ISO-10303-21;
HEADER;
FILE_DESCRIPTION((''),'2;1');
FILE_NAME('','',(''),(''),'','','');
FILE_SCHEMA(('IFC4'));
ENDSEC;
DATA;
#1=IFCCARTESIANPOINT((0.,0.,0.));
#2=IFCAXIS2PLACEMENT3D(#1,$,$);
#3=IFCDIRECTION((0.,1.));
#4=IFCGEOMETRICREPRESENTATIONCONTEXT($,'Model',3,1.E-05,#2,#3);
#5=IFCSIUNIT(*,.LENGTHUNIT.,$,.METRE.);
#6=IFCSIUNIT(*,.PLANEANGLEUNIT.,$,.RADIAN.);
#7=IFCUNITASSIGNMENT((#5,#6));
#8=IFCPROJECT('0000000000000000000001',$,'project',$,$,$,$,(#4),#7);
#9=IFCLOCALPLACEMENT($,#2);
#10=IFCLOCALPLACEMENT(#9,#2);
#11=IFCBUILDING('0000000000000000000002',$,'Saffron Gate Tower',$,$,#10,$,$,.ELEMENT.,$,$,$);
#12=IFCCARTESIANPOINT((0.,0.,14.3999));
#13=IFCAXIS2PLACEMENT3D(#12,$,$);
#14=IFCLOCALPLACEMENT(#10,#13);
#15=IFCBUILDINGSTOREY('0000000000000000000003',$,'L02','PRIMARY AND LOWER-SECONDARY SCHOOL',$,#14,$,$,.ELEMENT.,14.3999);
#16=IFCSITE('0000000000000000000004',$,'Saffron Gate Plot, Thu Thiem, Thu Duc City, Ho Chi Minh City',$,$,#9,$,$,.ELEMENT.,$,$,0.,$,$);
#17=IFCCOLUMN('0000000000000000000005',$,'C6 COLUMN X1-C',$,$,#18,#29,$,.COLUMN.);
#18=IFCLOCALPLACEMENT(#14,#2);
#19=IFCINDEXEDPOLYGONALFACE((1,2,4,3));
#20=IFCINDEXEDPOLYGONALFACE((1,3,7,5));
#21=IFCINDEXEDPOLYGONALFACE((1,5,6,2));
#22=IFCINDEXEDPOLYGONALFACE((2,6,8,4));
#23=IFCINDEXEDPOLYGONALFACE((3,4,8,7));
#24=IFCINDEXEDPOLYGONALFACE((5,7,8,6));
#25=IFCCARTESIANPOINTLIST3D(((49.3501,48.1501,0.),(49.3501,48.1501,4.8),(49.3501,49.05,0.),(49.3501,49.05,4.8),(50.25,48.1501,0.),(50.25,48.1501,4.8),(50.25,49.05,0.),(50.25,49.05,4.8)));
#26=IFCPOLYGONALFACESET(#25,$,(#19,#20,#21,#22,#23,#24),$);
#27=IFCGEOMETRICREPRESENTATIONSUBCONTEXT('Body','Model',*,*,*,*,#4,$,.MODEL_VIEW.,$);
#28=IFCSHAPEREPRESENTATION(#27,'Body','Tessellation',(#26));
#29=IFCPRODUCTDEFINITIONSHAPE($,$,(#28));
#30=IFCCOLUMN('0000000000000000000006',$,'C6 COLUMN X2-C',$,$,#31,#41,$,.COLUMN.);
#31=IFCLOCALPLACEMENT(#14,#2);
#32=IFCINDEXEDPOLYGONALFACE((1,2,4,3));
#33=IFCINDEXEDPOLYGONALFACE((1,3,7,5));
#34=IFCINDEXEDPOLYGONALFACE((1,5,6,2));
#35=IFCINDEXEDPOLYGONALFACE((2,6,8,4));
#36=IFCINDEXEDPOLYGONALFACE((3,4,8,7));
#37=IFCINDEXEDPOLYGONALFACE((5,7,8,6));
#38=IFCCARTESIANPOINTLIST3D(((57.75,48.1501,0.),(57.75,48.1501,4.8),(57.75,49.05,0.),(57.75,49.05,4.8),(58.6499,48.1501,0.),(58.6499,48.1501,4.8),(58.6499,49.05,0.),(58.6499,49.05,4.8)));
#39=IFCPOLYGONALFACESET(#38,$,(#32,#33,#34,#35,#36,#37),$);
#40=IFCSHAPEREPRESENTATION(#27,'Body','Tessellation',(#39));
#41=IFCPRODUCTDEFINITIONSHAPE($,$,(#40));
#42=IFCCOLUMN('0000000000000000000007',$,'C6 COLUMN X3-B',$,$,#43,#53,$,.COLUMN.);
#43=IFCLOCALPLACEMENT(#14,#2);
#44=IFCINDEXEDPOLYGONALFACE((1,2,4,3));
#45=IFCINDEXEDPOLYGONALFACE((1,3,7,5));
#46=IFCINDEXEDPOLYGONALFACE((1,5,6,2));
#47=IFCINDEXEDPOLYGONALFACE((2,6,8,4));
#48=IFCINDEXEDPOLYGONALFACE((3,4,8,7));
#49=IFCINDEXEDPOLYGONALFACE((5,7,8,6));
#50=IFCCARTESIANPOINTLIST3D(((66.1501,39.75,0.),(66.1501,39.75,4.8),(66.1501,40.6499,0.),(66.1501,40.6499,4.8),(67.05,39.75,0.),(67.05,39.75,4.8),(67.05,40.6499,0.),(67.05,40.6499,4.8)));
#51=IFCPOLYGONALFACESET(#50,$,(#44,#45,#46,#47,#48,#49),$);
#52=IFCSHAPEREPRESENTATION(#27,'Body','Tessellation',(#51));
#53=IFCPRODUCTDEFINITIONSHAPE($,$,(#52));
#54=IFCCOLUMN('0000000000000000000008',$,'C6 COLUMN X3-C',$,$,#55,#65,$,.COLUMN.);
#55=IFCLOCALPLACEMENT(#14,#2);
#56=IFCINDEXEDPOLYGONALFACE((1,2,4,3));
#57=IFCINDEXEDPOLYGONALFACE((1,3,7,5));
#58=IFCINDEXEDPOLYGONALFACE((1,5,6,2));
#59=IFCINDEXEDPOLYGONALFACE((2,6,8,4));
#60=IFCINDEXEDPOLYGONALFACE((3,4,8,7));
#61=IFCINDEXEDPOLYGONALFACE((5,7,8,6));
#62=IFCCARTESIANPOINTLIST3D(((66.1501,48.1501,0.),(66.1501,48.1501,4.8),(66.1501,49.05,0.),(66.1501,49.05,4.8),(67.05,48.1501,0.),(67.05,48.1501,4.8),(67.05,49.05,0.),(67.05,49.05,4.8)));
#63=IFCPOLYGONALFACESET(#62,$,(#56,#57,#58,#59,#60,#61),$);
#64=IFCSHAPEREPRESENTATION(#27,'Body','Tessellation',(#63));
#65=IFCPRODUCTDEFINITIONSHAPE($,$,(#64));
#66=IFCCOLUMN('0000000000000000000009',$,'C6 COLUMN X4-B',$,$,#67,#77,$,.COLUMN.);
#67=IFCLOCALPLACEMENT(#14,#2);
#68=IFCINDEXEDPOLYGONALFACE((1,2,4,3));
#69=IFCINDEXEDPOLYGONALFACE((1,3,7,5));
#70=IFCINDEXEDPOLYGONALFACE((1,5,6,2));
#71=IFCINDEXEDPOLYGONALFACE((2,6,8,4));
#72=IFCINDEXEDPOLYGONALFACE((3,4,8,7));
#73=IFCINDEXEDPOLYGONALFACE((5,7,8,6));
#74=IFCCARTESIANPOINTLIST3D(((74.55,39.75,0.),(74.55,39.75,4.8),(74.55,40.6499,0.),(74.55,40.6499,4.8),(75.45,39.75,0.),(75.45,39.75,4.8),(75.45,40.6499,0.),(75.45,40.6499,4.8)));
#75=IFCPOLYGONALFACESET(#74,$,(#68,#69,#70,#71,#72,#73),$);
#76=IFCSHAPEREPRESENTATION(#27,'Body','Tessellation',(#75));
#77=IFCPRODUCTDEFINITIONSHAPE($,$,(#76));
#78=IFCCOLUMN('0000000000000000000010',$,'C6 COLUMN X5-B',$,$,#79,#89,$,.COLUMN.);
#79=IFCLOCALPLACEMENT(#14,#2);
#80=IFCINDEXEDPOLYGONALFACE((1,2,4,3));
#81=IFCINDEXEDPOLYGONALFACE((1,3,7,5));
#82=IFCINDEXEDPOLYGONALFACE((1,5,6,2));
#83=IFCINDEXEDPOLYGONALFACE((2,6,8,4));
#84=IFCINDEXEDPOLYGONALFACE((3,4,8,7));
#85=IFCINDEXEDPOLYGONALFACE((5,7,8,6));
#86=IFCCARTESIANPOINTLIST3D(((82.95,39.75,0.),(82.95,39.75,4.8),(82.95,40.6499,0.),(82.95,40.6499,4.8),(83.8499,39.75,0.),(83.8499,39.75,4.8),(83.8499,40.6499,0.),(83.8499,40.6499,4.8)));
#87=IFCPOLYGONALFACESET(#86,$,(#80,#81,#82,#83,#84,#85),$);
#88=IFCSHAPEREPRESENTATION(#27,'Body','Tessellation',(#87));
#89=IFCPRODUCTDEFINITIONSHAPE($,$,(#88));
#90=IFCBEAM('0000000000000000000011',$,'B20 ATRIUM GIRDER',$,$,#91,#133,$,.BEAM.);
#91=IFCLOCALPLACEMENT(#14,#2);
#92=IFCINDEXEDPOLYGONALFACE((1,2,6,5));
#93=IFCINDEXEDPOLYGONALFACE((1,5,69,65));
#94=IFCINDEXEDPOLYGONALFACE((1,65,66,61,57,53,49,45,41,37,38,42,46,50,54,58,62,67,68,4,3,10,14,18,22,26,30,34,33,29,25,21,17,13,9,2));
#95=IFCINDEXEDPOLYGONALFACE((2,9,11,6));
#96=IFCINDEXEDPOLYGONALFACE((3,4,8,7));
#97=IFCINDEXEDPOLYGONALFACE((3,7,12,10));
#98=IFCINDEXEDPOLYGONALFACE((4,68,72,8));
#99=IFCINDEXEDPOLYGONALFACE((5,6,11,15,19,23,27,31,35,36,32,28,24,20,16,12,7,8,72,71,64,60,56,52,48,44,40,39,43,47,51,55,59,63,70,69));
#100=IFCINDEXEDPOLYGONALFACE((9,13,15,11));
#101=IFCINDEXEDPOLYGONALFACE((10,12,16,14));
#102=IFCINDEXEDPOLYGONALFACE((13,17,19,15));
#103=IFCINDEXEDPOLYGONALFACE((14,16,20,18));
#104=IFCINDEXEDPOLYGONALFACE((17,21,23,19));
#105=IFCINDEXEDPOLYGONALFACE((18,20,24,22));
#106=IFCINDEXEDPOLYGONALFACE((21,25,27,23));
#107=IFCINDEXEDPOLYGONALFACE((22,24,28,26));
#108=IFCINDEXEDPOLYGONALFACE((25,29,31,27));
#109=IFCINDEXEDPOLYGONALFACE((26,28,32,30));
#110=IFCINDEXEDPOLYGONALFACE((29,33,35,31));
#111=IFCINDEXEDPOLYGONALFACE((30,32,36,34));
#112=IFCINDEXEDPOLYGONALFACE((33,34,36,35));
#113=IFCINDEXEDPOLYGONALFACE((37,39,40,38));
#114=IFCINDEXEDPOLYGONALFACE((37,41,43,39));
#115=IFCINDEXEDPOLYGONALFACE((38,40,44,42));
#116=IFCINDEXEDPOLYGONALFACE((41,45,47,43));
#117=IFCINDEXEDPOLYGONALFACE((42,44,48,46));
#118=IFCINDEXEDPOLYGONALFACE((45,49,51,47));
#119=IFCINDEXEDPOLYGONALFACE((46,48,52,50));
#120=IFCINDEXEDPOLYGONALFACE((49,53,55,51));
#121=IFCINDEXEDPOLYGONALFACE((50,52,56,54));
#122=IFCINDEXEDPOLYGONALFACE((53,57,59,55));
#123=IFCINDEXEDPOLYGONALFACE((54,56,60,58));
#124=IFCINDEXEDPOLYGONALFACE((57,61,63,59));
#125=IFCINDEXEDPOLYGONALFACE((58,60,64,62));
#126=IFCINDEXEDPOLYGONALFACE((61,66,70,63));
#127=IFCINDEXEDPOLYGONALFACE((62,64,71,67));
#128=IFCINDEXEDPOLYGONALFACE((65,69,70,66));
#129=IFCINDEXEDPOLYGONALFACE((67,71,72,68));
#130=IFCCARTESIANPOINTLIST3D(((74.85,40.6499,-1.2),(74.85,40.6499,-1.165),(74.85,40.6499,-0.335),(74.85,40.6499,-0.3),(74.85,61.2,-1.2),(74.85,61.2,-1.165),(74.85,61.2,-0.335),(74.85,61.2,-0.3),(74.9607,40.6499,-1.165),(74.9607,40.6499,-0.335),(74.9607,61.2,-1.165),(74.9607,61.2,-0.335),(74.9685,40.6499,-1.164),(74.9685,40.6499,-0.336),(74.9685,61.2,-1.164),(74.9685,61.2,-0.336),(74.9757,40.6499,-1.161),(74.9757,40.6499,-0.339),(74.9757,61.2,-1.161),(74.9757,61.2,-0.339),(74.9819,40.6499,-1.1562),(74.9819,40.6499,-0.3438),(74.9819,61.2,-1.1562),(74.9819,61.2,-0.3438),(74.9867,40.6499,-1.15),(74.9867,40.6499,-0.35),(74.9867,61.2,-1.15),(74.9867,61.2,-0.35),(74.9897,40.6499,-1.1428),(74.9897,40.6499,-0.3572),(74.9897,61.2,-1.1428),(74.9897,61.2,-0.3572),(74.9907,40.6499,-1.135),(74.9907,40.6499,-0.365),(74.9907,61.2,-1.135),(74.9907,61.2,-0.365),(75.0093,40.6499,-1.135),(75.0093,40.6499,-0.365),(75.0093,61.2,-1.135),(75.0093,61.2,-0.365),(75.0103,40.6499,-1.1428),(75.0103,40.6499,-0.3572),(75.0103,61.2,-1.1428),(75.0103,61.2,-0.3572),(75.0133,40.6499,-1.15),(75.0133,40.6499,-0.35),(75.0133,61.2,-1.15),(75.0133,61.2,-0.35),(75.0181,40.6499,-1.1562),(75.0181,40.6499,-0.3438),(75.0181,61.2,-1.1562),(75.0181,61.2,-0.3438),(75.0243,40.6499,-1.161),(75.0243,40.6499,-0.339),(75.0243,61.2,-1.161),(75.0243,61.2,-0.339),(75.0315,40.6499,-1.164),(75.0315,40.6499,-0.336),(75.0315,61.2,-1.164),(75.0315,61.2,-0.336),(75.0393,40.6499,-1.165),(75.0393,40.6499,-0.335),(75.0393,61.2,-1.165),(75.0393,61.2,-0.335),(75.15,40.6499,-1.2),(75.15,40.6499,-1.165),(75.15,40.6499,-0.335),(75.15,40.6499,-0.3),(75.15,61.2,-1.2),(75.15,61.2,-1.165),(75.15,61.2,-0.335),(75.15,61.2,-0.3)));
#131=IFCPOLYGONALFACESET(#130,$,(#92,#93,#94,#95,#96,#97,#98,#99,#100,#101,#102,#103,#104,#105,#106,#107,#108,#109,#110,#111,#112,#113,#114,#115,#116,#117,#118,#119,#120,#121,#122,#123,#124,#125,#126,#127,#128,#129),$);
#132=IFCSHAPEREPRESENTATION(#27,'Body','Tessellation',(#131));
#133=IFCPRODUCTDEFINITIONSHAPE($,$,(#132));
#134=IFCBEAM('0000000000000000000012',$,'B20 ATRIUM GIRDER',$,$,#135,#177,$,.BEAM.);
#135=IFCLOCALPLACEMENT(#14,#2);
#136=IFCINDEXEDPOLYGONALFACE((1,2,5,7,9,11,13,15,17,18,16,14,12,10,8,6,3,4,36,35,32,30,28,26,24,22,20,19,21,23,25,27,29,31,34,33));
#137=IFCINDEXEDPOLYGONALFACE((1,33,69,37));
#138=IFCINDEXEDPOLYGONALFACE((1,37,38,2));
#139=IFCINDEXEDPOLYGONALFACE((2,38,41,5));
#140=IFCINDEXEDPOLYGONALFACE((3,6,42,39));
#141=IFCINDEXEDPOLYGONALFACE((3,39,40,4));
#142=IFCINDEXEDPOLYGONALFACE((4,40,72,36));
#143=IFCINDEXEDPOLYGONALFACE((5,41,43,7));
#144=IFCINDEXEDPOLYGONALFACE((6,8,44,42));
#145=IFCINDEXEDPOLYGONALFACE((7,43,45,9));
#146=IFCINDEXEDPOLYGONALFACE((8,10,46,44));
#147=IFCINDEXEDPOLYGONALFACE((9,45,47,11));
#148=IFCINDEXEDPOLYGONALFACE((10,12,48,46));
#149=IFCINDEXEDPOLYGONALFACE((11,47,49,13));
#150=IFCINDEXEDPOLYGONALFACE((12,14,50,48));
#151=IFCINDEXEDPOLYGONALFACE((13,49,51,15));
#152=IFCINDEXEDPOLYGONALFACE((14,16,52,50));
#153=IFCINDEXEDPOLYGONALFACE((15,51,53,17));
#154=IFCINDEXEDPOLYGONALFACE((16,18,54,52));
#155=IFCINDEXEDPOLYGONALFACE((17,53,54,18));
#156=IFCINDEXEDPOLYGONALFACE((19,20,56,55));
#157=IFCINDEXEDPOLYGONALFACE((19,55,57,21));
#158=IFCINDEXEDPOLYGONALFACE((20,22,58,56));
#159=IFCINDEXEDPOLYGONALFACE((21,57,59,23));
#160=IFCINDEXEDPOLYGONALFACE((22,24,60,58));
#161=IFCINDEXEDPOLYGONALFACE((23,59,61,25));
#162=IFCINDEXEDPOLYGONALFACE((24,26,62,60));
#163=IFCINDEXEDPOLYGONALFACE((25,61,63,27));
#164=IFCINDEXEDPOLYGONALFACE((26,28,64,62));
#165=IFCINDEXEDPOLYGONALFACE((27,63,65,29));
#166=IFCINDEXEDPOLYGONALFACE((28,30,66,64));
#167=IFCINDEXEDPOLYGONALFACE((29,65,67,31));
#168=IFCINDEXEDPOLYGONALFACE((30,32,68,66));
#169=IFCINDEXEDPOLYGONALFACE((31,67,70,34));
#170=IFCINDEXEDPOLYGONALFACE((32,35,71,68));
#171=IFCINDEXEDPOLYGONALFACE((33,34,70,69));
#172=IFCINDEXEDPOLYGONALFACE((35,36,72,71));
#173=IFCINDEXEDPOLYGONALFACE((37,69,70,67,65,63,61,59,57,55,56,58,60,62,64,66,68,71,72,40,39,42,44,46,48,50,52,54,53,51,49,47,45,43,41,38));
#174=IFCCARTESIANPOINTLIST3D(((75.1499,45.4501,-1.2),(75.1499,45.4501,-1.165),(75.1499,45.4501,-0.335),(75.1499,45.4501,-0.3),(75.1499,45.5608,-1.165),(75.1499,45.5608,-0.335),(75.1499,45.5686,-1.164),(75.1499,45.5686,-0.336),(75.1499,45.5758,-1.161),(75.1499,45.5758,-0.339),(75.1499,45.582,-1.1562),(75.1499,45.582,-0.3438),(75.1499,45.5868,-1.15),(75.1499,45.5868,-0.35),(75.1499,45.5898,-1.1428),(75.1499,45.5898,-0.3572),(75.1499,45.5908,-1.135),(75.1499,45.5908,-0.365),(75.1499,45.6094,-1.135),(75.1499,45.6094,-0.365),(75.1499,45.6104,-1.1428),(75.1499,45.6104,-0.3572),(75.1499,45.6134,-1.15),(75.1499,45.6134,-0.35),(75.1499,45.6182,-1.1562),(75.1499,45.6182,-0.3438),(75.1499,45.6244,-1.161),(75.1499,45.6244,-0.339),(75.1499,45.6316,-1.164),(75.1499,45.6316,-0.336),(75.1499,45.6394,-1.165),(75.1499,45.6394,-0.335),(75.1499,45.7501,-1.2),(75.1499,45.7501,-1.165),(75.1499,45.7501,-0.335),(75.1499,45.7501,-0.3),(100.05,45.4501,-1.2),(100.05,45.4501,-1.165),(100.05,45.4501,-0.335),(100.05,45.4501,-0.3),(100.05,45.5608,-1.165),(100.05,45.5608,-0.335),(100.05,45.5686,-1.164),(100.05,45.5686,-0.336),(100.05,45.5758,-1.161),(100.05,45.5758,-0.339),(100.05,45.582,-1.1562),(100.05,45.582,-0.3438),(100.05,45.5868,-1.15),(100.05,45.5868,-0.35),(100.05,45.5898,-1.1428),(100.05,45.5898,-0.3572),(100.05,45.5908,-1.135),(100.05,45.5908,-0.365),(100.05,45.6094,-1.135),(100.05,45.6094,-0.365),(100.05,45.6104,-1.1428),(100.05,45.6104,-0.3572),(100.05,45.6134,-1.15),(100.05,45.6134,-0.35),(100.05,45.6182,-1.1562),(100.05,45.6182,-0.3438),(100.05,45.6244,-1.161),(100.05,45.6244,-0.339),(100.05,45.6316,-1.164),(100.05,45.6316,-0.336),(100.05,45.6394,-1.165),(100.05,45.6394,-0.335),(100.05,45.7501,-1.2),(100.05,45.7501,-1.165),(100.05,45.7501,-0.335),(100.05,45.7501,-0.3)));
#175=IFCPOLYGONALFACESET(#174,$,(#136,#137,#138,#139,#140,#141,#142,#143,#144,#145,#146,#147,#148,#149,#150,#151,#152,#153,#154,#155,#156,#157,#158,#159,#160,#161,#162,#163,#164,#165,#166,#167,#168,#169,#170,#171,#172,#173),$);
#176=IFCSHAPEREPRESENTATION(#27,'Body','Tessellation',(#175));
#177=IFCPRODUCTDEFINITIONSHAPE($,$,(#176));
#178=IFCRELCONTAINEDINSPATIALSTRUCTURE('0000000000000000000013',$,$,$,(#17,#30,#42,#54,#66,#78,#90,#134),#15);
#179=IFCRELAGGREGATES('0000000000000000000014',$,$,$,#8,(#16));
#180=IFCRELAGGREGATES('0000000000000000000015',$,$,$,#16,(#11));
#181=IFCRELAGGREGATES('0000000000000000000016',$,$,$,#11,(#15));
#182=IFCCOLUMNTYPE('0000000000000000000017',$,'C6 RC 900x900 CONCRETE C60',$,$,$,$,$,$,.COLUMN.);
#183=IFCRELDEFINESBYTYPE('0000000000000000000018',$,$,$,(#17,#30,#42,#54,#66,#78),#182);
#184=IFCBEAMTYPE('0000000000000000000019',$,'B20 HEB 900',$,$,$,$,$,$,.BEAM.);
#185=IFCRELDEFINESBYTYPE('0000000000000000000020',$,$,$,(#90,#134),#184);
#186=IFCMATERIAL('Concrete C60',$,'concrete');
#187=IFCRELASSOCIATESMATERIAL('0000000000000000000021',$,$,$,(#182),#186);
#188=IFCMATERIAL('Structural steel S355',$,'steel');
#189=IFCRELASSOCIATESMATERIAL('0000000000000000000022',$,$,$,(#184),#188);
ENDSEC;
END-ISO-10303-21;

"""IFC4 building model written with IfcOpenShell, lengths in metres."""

from ifc_helpers import new_model, si_unit, direction, frame, origin, origin_2d, place, context, subcontext, project, spatial, rectangle, i_section, extrude, material, material_profile, profile_set, type_object, element, save


model = new_model("IFC4")

# Units and contexts
model_context = context("Model", 3, precision=1e-05, world=origin(), true_north=direction((0.0, 1.0)))
body_context = subcontext(model_context, "Body", "Model", "MODEL_VIEW")
ifc_project = project(units=[si_unit("LENGTHUNIT", "METRE"), si_unit("PLANEANGLEUNIT", "RADIAN")], contexts=[model_context])

# Site, building, storey
site_placement = place(None, origin())
site = spatial("IfcSite", under=ifc_project, at=site_placement, Name="Saffron Gate Plot, Thu Thiem, Thu Duc City, Ho Chi Minh City", CompositionType="ELEMENT", RefElevation=0.0)
building_placement = place(site_placement, origin())
building = spatial("IfcBuilding", under=site, at=building_placement, Name="Saffron Gate Tower", CompositionType="ELEMENT")
storey_placement = place(building_placement, frame((0.0, 0.0, 14.3999)))
storey = spatial("IfcBuildingStorey", under=building, at=storey_placement, Name="L02", Description="PRIMARY AND LOWER-SECONDARY SCHOOL", CompositionType="ELEMENT", Elevation=14.3999)

# Columns
ifc_material_1 = material(Name="Concrete C60", Category="concrete")
ifc_material_profile_1 = material_profile(ifc_material_1, rectangle(XDim=0.8999, YDim=0.8999, at=origin_2d()))
ifc_profile_set_1 = profile_set([ifc_material_profile_1], Name="Concrete C60")
column_type = type_object("IfcColumnType", Name="C6 RC 900x900 CONCRETE C60", PredefinedType="COLUMN", material=ifc_profile_set_1)
for number, where, z_axis, x_axis, name in (
    (1, (49.8, 48.6001, 0.0), (0.0, 0.0, 1.0), (1.0, 0.0, 0.0), "C6 COLUMN X1-C"),
    (2, (58.2, 48.6001, 0.0), (0.0, 0.0, 1.0), (1.0, 0.0, 0.0), "C6 COLUMN X2-C"),
    (3, (66.6001, 40.2, 0.0), (0.0, 0.0, 1.0), (1.0, 0.0, 0.0), "C6 COLUMN X3-B"),
    (4, (66.6001, 48.6001, 0.0), (0.0, 0.0, 1.0), (1.0, 0.0, 0.0), "C6 COLUMN X3-C"),
    (5, (75.0, 40.2, 0.0), (0.0, 0.0, 1.0), (1.0, 0.0, 0.0), "C6 COLUMN X4-B"),
    (6, (83.3999, 40.2, 0.0), (0.0, 0.0, 1.0), (1.0, 0.0, 0.0), "C6 COLUMN X5-B"),
):
    element("IfcColumn", number, at=place(storey_placement, frame(where, z_axis=z_axis, x_axis=x_axis)), inside=storey, type_object=column_type, Name=name, PredefinedType="COLUMN", context=body_context, shape_type="SweptSolid", body=[
        extrude(rectangle(XDim=0.8999, YDim=0.8999, at=origin_2d()), origin(), (0.0, 0.0, 1.0), 4.8),
    ])

# Beams
ifc_material_2 = material(Name="Structural steel S355", Category="steel")
ifc_material_profile_2 = material_profile(ifc_material_2, i_section(OverallWidth=0.3, OverallDepth=0.8999, WebThickness=0.0186, FlangeThickness=0.0349, FilletRadius=0.03, at=origin_2d()))
ifc_profile_set_2 = profile_set([ifc_material_profile_2], Name="Structural steel S355")
beam_type_1 = type_object("IfcBeamType", Name="B20 HEB 900", PredefinedType="BEAM", material=ifc_profile_set_2)
beam_1_placement = place(storey_placement, frame((75.0, 40.6499, -0.75), z_axis=(0.0, 1.0, 0.0), x_axis=(-1.0, 0.0, 0.0)))
element("IfcBeam", 7, at=beam_1_placement, inside=storey, type_object=beam_type_1, Name="B20 ATRIUM GIRDER", PredefinedType="BEAM", context=body_context, shape_type="SweptSolid", body=[
    extrude(i_section(OverallWidth=0.3, OverallDepth=0.8999, WebThickness=0.0186, FlangeThickness=0.0349, FilletRadius=0.03, at=origin_2d()), origin(), (0.0, 0.0, 1.0), 20.55),
])
beam_2_placement = place(storey_placement, frame((75.1499, 45.6001, -0.75), z_axis=(1.0, 0.0, 0.0), x_axis=(0.0, 1.0, 0.0)))
element("IfcBeam", 8, at=beam_2_placement, inside=storey, type_object=beam_type_1, Name="B20 ATRIUM GIRDER", PredefinedType="BEAM", context=body_context, shape_type="SweptSolid", body=[
    extrude(i_section(OverallWidth=0.3, OverallDepth=0.8999, WebThickness=0.0186, FlangeThickness=0.0349, FilletRadius=0.03, at=origin_2d()), origin(), (0.0, 0.0, 1.0), 24.9001),
])

save(model, "model.ifc")
